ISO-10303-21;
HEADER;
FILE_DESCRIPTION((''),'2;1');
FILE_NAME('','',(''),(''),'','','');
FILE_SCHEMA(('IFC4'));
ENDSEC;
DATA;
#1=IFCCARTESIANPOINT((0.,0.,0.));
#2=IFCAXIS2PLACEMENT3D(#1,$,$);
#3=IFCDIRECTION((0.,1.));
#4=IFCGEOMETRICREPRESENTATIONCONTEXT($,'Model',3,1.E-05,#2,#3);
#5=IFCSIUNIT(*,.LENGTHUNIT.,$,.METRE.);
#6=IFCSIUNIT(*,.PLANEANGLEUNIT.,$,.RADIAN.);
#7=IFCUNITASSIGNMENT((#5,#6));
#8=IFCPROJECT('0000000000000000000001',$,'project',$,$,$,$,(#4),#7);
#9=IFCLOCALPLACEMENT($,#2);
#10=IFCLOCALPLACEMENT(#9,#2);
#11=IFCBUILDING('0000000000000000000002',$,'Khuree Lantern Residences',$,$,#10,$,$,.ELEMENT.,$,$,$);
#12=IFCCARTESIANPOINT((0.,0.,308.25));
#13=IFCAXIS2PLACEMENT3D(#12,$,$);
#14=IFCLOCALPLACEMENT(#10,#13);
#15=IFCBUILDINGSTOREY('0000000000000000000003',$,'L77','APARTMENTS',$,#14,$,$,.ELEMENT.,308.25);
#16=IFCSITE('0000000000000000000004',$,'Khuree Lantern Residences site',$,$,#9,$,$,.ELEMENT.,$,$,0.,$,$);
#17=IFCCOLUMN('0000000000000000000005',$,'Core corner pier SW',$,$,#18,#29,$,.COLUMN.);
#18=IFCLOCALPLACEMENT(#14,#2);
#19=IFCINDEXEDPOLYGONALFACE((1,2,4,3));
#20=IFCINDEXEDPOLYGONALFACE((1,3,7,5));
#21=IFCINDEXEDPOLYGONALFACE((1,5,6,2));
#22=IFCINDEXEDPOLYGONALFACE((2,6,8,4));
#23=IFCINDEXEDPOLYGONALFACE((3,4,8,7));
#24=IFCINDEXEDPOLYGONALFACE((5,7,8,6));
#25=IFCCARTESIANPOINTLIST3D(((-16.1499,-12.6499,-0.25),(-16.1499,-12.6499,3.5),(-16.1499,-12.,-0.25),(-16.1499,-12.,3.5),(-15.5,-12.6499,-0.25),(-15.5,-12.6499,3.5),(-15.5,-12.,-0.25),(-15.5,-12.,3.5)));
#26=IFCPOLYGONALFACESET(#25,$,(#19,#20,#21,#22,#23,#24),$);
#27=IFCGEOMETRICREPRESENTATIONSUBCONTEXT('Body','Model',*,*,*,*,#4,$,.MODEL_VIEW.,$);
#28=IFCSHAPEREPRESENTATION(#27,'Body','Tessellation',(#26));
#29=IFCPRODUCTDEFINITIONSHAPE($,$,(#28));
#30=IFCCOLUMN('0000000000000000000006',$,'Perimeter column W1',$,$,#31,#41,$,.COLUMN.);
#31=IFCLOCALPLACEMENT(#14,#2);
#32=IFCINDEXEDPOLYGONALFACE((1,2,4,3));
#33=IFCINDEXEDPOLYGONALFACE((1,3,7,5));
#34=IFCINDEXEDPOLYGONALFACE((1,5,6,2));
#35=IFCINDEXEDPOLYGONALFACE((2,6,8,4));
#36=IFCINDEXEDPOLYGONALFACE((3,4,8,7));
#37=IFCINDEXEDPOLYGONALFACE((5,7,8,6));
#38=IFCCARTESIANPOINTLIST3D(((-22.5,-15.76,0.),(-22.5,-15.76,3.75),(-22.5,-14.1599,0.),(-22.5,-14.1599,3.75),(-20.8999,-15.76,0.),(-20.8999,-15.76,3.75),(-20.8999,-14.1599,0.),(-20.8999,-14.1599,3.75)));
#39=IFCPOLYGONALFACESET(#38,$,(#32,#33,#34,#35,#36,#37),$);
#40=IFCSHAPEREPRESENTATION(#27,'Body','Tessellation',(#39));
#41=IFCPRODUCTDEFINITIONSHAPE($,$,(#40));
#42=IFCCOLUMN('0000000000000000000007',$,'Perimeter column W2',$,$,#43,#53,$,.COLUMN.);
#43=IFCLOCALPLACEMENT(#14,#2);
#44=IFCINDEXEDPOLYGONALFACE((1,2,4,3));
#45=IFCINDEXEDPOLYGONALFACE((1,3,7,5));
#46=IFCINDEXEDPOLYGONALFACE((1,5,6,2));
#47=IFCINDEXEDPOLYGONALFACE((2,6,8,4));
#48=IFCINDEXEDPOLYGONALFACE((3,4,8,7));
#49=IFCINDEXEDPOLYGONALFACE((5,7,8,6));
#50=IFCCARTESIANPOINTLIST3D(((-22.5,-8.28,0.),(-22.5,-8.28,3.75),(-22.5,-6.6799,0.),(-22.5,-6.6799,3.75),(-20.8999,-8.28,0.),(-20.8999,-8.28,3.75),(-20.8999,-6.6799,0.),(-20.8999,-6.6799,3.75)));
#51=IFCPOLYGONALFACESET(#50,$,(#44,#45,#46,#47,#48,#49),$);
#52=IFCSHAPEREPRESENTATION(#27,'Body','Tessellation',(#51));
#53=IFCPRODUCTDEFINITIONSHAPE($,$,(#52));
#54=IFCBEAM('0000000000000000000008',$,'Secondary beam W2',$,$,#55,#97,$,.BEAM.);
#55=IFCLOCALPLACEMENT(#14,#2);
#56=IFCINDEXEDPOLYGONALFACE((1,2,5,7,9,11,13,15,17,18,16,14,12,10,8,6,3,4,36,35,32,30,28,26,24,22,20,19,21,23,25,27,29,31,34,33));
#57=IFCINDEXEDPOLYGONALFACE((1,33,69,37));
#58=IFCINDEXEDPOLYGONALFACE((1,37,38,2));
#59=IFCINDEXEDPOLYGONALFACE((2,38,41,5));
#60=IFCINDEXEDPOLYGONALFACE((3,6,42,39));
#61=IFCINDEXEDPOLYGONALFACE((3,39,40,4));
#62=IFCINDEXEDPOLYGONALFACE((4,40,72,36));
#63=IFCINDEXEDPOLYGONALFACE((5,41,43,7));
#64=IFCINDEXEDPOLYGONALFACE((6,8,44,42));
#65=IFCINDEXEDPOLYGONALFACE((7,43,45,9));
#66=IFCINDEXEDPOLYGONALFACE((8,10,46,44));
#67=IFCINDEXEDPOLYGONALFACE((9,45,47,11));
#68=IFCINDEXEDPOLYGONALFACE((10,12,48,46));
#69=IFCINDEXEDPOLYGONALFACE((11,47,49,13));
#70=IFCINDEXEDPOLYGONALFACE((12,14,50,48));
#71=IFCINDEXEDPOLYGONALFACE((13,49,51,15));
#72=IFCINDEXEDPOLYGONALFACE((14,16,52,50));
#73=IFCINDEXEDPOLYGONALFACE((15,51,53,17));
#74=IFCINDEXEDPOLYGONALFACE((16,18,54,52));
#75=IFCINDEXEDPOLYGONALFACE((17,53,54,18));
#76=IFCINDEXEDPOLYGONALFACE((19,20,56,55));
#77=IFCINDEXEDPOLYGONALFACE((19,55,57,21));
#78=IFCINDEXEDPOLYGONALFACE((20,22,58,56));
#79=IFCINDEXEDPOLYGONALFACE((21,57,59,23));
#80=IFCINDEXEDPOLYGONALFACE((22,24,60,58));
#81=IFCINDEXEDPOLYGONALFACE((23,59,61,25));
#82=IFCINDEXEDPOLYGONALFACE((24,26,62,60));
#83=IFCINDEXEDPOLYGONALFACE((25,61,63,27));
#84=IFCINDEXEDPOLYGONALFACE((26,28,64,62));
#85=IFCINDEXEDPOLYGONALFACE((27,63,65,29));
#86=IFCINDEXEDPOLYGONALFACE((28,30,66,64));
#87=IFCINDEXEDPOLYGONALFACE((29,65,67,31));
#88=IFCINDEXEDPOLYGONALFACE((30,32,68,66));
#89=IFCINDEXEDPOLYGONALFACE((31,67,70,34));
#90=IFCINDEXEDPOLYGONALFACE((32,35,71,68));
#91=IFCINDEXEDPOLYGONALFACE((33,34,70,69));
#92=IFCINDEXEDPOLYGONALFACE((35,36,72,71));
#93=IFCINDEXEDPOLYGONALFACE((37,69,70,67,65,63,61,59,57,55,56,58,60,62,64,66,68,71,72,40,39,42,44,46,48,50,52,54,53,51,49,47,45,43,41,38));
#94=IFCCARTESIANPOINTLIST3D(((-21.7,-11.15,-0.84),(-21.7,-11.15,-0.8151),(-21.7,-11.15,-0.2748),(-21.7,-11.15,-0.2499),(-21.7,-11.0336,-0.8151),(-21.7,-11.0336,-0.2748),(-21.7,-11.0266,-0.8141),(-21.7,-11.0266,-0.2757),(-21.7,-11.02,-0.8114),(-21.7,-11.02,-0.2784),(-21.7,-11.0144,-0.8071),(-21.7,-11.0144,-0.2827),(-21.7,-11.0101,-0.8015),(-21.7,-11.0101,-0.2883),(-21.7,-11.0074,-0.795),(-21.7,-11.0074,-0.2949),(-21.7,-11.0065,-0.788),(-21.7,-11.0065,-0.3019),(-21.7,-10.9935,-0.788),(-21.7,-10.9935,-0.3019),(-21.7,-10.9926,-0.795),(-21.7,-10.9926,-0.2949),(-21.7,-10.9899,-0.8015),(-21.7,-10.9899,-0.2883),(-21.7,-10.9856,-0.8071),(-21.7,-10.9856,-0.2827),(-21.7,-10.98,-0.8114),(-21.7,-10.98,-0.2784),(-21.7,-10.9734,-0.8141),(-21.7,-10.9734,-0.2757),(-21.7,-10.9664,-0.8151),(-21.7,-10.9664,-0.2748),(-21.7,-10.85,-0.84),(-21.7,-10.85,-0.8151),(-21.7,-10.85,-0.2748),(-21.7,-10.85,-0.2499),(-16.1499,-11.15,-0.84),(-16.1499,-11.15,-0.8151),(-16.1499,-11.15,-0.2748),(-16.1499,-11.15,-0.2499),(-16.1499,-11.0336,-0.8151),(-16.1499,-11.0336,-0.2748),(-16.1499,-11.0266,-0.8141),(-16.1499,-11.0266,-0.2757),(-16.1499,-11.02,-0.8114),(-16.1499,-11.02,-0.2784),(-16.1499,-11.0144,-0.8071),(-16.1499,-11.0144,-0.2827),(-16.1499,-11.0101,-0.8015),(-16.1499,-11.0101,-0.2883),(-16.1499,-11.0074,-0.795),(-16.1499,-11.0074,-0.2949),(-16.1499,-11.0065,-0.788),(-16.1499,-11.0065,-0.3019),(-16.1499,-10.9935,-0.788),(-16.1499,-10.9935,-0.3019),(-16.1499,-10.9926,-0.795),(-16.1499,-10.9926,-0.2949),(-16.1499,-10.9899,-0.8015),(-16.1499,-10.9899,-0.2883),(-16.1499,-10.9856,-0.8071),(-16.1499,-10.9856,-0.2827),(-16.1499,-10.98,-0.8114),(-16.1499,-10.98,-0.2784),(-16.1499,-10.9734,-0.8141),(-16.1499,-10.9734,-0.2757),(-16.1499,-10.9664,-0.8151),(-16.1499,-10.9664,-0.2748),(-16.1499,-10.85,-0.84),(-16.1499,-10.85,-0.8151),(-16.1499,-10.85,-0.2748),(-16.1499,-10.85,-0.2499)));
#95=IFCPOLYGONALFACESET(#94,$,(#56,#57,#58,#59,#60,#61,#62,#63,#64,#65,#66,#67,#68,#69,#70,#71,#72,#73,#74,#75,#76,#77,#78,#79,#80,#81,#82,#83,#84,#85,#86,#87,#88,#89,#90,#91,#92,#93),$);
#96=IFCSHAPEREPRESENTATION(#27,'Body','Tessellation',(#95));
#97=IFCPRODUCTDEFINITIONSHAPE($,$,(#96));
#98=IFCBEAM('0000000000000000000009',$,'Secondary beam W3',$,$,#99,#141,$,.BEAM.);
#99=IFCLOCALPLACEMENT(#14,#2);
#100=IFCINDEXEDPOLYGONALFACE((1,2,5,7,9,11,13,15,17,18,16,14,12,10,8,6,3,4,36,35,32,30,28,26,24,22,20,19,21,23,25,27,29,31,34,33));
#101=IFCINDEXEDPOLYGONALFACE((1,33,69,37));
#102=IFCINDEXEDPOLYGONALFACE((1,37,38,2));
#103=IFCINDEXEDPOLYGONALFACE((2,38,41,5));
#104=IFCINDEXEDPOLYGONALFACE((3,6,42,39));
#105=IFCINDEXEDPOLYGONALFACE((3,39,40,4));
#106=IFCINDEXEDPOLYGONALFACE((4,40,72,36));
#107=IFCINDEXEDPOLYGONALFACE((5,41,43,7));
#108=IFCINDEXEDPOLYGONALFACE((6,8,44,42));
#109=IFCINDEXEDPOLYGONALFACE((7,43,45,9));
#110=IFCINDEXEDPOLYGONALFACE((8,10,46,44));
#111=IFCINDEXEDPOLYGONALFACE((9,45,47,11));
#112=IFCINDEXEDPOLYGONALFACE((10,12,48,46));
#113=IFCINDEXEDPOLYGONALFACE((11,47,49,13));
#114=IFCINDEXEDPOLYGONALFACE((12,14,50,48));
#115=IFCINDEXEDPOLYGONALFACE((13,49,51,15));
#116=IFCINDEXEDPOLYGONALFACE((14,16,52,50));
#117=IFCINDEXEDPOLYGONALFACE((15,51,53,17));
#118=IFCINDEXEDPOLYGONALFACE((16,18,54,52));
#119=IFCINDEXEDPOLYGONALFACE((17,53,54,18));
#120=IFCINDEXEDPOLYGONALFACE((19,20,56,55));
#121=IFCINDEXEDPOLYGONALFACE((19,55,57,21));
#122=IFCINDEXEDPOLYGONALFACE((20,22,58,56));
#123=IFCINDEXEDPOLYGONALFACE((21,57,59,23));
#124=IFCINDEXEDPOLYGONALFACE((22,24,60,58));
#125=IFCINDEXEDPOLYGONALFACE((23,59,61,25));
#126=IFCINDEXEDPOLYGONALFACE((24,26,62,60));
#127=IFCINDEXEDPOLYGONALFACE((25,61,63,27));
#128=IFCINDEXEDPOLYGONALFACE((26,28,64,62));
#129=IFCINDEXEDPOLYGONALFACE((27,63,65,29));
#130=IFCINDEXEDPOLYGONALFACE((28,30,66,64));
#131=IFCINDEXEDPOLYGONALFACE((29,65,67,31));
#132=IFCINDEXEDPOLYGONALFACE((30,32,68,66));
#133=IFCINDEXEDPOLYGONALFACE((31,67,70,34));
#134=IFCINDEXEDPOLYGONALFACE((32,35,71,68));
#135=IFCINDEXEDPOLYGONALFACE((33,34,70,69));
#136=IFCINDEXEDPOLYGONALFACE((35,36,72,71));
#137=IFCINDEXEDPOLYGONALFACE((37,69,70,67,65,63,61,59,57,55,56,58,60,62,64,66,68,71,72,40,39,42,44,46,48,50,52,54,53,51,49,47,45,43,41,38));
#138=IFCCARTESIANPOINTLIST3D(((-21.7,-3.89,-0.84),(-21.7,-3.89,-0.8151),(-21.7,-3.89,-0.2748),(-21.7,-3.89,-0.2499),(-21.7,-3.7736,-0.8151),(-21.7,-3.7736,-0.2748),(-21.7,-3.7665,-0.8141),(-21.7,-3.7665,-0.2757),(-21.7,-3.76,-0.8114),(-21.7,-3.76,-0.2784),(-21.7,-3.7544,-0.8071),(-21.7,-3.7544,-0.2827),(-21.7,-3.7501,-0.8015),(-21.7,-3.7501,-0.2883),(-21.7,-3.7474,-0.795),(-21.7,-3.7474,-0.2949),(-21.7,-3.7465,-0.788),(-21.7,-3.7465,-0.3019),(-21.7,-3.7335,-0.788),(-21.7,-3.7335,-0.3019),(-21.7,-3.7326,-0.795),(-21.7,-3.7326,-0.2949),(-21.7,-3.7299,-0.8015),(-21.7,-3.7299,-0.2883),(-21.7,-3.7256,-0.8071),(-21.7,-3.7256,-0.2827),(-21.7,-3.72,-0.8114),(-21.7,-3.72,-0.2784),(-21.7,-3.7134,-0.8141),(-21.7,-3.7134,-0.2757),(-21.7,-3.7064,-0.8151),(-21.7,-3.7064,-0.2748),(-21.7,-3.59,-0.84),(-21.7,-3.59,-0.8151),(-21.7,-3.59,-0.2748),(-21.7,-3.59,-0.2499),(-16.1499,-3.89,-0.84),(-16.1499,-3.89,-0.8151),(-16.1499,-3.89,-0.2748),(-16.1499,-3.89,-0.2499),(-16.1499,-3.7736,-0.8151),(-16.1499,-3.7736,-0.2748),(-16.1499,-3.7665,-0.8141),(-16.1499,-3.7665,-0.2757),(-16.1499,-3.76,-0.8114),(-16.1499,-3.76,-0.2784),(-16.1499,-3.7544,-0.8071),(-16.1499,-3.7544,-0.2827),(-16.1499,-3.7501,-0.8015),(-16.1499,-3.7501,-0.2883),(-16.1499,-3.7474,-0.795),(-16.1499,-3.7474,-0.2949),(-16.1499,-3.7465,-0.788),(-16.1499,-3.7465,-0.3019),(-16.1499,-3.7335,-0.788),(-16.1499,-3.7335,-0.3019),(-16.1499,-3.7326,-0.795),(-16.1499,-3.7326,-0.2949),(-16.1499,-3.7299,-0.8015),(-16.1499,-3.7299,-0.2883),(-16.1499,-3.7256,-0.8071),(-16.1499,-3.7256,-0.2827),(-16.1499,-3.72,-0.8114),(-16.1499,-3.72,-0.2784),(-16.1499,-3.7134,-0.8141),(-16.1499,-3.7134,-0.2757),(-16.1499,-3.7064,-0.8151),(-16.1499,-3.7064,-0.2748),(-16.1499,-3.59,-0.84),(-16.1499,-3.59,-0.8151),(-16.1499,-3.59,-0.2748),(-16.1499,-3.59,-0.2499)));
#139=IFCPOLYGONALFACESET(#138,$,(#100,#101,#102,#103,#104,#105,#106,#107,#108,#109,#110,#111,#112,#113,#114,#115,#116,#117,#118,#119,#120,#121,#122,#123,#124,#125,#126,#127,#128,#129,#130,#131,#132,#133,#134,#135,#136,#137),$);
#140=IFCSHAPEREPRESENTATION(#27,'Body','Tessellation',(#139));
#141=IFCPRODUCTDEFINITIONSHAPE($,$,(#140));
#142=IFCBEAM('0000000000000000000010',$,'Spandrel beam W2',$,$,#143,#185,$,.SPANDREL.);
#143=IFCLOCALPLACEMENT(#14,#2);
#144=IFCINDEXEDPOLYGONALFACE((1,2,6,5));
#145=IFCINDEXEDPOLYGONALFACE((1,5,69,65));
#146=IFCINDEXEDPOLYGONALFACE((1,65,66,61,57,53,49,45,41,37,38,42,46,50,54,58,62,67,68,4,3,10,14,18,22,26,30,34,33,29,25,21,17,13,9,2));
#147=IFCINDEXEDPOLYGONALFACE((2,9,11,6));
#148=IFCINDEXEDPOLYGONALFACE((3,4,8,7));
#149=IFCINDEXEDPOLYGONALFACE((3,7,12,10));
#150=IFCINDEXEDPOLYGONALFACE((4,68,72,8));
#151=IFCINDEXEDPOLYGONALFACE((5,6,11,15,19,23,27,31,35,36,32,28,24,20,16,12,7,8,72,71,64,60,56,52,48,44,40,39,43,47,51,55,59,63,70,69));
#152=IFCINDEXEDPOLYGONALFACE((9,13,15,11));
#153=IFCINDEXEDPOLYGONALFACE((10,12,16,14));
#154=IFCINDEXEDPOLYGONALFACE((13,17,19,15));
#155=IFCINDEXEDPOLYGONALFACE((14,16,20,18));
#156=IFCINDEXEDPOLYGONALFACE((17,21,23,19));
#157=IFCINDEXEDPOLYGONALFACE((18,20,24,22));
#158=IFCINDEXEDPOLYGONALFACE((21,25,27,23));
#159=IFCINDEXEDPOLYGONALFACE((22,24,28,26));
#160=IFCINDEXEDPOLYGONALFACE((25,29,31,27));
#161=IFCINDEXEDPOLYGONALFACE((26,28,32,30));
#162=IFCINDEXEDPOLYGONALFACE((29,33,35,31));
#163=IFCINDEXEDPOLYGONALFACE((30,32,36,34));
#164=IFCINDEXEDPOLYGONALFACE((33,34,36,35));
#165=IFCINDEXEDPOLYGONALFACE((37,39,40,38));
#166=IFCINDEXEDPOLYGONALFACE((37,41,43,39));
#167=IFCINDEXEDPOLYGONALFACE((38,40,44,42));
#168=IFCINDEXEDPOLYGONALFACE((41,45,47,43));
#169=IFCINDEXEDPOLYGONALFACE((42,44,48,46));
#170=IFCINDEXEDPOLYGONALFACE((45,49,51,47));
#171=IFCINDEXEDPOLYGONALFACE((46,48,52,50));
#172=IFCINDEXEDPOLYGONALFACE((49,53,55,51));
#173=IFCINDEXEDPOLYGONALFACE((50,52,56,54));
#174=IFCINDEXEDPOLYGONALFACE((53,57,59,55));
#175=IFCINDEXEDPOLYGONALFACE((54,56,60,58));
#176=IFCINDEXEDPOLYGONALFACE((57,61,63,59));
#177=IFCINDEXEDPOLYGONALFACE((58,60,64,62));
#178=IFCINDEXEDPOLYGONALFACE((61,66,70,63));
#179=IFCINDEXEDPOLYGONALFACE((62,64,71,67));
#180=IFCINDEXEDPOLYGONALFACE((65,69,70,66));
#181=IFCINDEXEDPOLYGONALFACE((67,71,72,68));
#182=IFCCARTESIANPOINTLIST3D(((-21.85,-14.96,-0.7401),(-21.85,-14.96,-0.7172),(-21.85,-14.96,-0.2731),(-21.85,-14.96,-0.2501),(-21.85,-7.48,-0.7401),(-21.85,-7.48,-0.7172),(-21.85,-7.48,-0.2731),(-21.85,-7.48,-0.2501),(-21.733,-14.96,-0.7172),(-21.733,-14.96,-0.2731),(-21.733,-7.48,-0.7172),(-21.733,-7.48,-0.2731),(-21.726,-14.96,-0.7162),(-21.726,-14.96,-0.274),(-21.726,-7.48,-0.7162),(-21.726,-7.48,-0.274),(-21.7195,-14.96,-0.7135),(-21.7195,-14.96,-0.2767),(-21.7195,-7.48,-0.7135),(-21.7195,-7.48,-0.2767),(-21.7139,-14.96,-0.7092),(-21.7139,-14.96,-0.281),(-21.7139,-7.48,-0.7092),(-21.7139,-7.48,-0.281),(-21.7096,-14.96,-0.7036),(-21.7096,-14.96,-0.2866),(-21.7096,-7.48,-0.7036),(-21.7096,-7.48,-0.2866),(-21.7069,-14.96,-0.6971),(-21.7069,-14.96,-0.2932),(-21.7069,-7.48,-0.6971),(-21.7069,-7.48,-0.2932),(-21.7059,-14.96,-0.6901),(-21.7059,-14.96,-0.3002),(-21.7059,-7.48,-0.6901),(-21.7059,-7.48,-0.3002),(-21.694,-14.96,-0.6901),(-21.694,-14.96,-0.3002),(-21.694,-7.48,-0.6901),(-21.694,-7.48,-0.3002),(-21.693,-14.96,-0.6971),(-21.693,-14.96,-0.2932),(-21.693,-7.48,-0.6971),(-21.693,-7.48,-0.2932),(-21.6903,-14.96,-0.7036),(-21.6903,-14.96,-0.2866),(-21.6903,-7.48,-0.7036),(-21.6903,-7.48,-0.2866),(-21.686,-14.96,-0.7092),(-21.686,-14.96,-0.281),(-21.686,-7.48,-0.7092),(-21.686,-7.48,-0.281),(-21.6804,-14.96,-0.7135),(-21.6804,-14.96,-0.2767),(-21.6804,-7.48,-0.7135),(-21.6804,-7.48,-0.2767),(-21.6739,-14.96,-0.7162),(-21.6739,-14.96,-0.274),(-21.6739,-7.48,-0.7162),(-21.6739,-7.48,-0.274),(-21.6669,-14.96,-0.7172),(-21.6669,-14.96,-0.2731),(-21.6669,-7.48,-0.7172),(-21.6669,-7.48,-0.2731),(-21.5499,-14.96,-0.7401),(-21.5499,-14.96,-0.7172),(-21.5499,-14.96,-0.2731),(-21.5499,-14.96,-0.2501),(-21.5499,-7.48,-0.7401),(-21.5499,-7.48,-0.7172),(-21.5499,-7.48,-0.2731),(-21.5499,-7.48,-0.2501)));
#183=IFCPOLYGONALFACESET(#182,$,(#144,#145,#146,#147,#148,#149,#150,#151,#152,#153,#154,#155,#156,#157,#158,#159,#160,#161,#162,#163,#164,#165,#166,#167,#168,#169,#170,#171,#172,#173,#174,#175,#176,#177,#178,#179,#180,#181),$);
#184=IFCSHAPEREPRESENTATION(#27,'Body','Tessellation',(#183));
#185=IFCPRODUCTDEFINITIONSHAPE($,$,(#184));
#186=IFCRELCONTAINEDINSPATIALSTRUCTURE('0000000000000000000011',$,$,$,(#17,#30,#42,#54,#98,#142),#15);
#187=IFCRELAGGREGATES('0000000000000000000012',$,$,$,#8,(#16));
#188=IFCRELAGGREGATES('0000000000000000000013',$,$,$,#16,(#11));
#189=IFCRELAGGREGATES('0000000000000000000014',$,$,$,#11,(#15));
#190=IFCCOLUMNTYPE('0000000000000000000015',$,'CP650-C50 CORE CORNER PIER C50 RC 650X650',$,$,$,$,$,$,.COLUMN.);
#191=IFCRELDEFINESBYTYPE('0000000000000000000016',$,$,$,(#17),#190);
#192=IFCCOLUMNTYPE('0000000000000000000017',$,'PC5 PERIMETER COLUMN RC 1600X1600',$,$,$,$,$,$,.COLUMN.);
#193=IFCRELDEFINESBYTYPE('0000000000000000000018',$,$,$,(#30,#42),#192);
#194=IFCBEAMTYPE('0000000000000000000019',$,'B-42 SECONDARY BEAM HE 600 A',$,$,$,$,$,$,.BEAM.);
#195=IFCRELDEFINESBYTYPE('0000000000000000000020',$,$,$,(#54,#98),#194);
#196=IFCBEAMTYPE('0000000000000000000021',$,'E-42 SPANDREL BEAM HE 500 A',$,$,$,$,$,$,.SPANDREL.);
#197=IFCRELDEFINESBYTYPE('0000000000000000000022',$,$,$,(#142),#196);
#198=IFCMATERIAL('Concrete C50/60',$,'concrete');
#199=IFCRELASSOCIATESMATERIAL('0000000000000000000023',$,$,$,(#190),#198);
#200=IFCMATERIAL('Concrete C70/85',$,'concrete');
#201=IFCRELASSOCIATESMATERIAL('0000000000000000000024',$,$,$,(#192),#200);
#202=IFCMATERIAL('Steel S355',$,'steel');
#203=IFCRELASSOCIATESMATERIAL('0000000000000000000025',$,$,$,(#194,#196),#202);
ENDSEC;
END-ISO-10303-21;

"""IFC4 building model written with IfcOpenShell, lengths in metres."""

from ifc_helpers import new_model, si_unit, direction, frame, origin, origin_2d, place, context, subcontext, project, spatial, rectangle, i_section, extrude, material, material_profile, profile_set, type_object, element, save


model = new_model("IFC4")

# Units and contexts
model_context = context("Model", 3, precision=1e-05, world=origin(), true_north=direction((0.0, 1.0)))
body_context = subcontext(model_context, "Body", "Model", "MODEL_VIEW")
ifc_project = project(units=[si_unit("LENGTHUNIT", "METRE"), si_unit("PLANEANGLEUNIT", "RADIAN")], contexts=[model_context])

# Site, building, storey
site_placement = place(None, origin())
site = spatial("IfcSite", under=ifc_project, at=site_placement, Name="Khuree Lantern Residences site", CompositionType="ELEMENT", RefElevation=0.0)
building_placement = place(site_placement, origin())
building = spatial("IfcBuilding", under=site, at=building_placement, Name="Khuree Lantern Residences", CompositionType="ELEMENT")
storey_placement = place(building_placement, frame((0.0, 0.0, 308.25)))
storey = spatial("IfcBuildingStorey", under=building, at=storey_placement, Name="L77", Description="APARTMENTS", CompositionType="ELEMENT", Elevation=308.25)

# Columns
ifc_material_1 = material(Name="Concrete C50/60", Category="concrete")
ifc_material_profile_1 = material_profile(ifc_material_1, rectangle(XDim=0.6499, YDim=0.6499, at=origin_2d()), Name="RC 650X650")
ifc_profile_set_1 = profile_set([ifc_material_profile_1], Name="Concrete C50/60")
column_type_1 = type_object("IfcColumnType", Name="CP650-C50 CORE CORNER PIER C50 RC 650X650", PredefinedType="COLUMN", material=ifc_profile_set_1)
column_placement = place(storey_placement, frame((-15.825, -12.325, -0.25), z_axis=(0.0, 0.0, 1.0), x_axis=(1.0, 0.0, 0.0)))
element("IfcColumn", 1, at=column_placement, inside=storey, type_object=column_type_1, Name="Core corner pier SW", PredefinedType="COLUMN", context=body_context, shape_type="SweptSolid", body=[
    extrude(rectangle(XDim=0.6499, YDim=0.6499, at=origin_2d()), origin(), (0.0, 0.0, 1.0), 3.75),
])
ifc_material_2 = material(Name="Concrete C70/85", Category="concrete")
ifc_material_profile_2 = material_profile(ifc_material_2, rectangle(XDim=1.6001, YDim=1.6001, at=origin_2d()), Name="RC 1600X1600")
ifc_profile_set_2 = profile_set([ifc_material_profile_2], Name="Concrete C70/85")
column_type_2 = type_object("IfcColumnType", Name="PC5 PERIMETER COLUMN RC 1600X1600", PredefinedType="COLUMN", material=ifc_profile_set_2)
for number, where, z_axis, x_axis, name in (
    (2, (-21.7, -14.96, 0.0), (0.0, 0.0, 1.0), (0.0, 1.0, 0.0), "Perimeter column W1"),
    (3, (-21.7, -7.48, 0.0), (0.0, 0.0, 1.0), (0.0, 1.0, 0.0), "Perimeter column W2"),
):
    element("IfcColumn", number, at=place(storey_placement, frame(where, z_axis=z_axis, x_axis=x_axis)), inside=storey, type_object=column_type_2, Name=name, PredefinedType="COLUMN", context=body_context, shape_type="SweptSolid", body=[
        extrude(rectangle(XDim=1.6001, YDim=1.6001, at=origin_2d()), origin(), (0.0, 0.0, 1.0), 3.75),
    ])

# Beams
ifc_material_3 = material(Name="Steel S355", Category="steel")
ifc_material_profile_3 = material_profile(ifc_material_3, i_section(OverallWidth=0.3, OverallDepth=0.5901, WebThickness=0.0129, FlangeThickness=0.0249, FilletRadius=0.0271, at=origin_2d()), Name="HE 600 A")
ifc_profile_set_3 = profile_set([ifc_material_profile_3], Name="Steel S355")
beam_type_1 = type_object("IfcBeamType", Name="B-42 SECONDARY BEAM HE 600 A", PredefinedType="BEAM", material=ifc_profile_set_3)
for number, where, z_axis, x_axis, name in (
    (4, (-21.7, -11.0, -0.5449), (1.0, 0.0, 0.0), (0.0, 1.0, 0.0), "Secondary beam W2"),
    (5, (-21.7, -3.74, -0.5449), (1.0, 0.0, 0.0), (0.0, 1.0, 0.0), "Secondary beam W3"),
):
    element("IfcBeam", number, at=place(storey_placement, frame(where, z_axis=z_axis, x_axis=x_axis)), inside=storey, type_object=beam_type_1, Name=name, PredefinedType="BEAM", context=body_context, shape_type="SweptSolid", body=[
        extrude(i_section(OverallWidth=0.3, OverallDepth=0.5901, WebThickness=0.0129, FlangeThickness=0.0249, FilletRadius=0.0271, at=origin_2d()), origin(), (0.0, 0.0, 1.0), 5.55),
    ])
ifc_material_profile_4 = material_profile(ifc_material_3, i_section(OverallWidth=0.3, OverallDepth=0.49, WebThickness=0.012, FlangeThickness=0.0229, FilletRadius=0.0271, at=origin_2d()), Name="HE 500 A")
ifc_profile_set_4 = profile_set([ifc_material_profile_4], Name="Steel S355")
beam_type_2 = type_object("IfcBeamType", Name="E-42 SPANDREL BEAM HE 500 A", PredefinedType="SPANDREL", material=ifc_profile_set_4)
for number, where, z_axis, x_axis, name in (
    (6, (-21.7, -14.96, -0.4951), (0.0, 1.0, 0.0), (-1.0, 0.0, 0.0), "Spandrel beam W2"),
):
    element("IfcBeam", number, at=place(storey_placement, frame(where, z_axis=z_axis, x_axis=x_axis)), inside=storey, type_object=beam_type_2, Name=name, PredefinedType="SPANDREL", context=body_context, shape_type="SweptSolid", body=[
        extrude(i_section(OverallWidth=0.3, OverallDepth=0.49, WebThickness=0.012, FlangeThickness=0.0229, FilletRadius=0.0271, at=origin_2d()), origin(), (0.0, 0.0, 1.0), 7.48),
    ])

save(model, "model.ifc")
